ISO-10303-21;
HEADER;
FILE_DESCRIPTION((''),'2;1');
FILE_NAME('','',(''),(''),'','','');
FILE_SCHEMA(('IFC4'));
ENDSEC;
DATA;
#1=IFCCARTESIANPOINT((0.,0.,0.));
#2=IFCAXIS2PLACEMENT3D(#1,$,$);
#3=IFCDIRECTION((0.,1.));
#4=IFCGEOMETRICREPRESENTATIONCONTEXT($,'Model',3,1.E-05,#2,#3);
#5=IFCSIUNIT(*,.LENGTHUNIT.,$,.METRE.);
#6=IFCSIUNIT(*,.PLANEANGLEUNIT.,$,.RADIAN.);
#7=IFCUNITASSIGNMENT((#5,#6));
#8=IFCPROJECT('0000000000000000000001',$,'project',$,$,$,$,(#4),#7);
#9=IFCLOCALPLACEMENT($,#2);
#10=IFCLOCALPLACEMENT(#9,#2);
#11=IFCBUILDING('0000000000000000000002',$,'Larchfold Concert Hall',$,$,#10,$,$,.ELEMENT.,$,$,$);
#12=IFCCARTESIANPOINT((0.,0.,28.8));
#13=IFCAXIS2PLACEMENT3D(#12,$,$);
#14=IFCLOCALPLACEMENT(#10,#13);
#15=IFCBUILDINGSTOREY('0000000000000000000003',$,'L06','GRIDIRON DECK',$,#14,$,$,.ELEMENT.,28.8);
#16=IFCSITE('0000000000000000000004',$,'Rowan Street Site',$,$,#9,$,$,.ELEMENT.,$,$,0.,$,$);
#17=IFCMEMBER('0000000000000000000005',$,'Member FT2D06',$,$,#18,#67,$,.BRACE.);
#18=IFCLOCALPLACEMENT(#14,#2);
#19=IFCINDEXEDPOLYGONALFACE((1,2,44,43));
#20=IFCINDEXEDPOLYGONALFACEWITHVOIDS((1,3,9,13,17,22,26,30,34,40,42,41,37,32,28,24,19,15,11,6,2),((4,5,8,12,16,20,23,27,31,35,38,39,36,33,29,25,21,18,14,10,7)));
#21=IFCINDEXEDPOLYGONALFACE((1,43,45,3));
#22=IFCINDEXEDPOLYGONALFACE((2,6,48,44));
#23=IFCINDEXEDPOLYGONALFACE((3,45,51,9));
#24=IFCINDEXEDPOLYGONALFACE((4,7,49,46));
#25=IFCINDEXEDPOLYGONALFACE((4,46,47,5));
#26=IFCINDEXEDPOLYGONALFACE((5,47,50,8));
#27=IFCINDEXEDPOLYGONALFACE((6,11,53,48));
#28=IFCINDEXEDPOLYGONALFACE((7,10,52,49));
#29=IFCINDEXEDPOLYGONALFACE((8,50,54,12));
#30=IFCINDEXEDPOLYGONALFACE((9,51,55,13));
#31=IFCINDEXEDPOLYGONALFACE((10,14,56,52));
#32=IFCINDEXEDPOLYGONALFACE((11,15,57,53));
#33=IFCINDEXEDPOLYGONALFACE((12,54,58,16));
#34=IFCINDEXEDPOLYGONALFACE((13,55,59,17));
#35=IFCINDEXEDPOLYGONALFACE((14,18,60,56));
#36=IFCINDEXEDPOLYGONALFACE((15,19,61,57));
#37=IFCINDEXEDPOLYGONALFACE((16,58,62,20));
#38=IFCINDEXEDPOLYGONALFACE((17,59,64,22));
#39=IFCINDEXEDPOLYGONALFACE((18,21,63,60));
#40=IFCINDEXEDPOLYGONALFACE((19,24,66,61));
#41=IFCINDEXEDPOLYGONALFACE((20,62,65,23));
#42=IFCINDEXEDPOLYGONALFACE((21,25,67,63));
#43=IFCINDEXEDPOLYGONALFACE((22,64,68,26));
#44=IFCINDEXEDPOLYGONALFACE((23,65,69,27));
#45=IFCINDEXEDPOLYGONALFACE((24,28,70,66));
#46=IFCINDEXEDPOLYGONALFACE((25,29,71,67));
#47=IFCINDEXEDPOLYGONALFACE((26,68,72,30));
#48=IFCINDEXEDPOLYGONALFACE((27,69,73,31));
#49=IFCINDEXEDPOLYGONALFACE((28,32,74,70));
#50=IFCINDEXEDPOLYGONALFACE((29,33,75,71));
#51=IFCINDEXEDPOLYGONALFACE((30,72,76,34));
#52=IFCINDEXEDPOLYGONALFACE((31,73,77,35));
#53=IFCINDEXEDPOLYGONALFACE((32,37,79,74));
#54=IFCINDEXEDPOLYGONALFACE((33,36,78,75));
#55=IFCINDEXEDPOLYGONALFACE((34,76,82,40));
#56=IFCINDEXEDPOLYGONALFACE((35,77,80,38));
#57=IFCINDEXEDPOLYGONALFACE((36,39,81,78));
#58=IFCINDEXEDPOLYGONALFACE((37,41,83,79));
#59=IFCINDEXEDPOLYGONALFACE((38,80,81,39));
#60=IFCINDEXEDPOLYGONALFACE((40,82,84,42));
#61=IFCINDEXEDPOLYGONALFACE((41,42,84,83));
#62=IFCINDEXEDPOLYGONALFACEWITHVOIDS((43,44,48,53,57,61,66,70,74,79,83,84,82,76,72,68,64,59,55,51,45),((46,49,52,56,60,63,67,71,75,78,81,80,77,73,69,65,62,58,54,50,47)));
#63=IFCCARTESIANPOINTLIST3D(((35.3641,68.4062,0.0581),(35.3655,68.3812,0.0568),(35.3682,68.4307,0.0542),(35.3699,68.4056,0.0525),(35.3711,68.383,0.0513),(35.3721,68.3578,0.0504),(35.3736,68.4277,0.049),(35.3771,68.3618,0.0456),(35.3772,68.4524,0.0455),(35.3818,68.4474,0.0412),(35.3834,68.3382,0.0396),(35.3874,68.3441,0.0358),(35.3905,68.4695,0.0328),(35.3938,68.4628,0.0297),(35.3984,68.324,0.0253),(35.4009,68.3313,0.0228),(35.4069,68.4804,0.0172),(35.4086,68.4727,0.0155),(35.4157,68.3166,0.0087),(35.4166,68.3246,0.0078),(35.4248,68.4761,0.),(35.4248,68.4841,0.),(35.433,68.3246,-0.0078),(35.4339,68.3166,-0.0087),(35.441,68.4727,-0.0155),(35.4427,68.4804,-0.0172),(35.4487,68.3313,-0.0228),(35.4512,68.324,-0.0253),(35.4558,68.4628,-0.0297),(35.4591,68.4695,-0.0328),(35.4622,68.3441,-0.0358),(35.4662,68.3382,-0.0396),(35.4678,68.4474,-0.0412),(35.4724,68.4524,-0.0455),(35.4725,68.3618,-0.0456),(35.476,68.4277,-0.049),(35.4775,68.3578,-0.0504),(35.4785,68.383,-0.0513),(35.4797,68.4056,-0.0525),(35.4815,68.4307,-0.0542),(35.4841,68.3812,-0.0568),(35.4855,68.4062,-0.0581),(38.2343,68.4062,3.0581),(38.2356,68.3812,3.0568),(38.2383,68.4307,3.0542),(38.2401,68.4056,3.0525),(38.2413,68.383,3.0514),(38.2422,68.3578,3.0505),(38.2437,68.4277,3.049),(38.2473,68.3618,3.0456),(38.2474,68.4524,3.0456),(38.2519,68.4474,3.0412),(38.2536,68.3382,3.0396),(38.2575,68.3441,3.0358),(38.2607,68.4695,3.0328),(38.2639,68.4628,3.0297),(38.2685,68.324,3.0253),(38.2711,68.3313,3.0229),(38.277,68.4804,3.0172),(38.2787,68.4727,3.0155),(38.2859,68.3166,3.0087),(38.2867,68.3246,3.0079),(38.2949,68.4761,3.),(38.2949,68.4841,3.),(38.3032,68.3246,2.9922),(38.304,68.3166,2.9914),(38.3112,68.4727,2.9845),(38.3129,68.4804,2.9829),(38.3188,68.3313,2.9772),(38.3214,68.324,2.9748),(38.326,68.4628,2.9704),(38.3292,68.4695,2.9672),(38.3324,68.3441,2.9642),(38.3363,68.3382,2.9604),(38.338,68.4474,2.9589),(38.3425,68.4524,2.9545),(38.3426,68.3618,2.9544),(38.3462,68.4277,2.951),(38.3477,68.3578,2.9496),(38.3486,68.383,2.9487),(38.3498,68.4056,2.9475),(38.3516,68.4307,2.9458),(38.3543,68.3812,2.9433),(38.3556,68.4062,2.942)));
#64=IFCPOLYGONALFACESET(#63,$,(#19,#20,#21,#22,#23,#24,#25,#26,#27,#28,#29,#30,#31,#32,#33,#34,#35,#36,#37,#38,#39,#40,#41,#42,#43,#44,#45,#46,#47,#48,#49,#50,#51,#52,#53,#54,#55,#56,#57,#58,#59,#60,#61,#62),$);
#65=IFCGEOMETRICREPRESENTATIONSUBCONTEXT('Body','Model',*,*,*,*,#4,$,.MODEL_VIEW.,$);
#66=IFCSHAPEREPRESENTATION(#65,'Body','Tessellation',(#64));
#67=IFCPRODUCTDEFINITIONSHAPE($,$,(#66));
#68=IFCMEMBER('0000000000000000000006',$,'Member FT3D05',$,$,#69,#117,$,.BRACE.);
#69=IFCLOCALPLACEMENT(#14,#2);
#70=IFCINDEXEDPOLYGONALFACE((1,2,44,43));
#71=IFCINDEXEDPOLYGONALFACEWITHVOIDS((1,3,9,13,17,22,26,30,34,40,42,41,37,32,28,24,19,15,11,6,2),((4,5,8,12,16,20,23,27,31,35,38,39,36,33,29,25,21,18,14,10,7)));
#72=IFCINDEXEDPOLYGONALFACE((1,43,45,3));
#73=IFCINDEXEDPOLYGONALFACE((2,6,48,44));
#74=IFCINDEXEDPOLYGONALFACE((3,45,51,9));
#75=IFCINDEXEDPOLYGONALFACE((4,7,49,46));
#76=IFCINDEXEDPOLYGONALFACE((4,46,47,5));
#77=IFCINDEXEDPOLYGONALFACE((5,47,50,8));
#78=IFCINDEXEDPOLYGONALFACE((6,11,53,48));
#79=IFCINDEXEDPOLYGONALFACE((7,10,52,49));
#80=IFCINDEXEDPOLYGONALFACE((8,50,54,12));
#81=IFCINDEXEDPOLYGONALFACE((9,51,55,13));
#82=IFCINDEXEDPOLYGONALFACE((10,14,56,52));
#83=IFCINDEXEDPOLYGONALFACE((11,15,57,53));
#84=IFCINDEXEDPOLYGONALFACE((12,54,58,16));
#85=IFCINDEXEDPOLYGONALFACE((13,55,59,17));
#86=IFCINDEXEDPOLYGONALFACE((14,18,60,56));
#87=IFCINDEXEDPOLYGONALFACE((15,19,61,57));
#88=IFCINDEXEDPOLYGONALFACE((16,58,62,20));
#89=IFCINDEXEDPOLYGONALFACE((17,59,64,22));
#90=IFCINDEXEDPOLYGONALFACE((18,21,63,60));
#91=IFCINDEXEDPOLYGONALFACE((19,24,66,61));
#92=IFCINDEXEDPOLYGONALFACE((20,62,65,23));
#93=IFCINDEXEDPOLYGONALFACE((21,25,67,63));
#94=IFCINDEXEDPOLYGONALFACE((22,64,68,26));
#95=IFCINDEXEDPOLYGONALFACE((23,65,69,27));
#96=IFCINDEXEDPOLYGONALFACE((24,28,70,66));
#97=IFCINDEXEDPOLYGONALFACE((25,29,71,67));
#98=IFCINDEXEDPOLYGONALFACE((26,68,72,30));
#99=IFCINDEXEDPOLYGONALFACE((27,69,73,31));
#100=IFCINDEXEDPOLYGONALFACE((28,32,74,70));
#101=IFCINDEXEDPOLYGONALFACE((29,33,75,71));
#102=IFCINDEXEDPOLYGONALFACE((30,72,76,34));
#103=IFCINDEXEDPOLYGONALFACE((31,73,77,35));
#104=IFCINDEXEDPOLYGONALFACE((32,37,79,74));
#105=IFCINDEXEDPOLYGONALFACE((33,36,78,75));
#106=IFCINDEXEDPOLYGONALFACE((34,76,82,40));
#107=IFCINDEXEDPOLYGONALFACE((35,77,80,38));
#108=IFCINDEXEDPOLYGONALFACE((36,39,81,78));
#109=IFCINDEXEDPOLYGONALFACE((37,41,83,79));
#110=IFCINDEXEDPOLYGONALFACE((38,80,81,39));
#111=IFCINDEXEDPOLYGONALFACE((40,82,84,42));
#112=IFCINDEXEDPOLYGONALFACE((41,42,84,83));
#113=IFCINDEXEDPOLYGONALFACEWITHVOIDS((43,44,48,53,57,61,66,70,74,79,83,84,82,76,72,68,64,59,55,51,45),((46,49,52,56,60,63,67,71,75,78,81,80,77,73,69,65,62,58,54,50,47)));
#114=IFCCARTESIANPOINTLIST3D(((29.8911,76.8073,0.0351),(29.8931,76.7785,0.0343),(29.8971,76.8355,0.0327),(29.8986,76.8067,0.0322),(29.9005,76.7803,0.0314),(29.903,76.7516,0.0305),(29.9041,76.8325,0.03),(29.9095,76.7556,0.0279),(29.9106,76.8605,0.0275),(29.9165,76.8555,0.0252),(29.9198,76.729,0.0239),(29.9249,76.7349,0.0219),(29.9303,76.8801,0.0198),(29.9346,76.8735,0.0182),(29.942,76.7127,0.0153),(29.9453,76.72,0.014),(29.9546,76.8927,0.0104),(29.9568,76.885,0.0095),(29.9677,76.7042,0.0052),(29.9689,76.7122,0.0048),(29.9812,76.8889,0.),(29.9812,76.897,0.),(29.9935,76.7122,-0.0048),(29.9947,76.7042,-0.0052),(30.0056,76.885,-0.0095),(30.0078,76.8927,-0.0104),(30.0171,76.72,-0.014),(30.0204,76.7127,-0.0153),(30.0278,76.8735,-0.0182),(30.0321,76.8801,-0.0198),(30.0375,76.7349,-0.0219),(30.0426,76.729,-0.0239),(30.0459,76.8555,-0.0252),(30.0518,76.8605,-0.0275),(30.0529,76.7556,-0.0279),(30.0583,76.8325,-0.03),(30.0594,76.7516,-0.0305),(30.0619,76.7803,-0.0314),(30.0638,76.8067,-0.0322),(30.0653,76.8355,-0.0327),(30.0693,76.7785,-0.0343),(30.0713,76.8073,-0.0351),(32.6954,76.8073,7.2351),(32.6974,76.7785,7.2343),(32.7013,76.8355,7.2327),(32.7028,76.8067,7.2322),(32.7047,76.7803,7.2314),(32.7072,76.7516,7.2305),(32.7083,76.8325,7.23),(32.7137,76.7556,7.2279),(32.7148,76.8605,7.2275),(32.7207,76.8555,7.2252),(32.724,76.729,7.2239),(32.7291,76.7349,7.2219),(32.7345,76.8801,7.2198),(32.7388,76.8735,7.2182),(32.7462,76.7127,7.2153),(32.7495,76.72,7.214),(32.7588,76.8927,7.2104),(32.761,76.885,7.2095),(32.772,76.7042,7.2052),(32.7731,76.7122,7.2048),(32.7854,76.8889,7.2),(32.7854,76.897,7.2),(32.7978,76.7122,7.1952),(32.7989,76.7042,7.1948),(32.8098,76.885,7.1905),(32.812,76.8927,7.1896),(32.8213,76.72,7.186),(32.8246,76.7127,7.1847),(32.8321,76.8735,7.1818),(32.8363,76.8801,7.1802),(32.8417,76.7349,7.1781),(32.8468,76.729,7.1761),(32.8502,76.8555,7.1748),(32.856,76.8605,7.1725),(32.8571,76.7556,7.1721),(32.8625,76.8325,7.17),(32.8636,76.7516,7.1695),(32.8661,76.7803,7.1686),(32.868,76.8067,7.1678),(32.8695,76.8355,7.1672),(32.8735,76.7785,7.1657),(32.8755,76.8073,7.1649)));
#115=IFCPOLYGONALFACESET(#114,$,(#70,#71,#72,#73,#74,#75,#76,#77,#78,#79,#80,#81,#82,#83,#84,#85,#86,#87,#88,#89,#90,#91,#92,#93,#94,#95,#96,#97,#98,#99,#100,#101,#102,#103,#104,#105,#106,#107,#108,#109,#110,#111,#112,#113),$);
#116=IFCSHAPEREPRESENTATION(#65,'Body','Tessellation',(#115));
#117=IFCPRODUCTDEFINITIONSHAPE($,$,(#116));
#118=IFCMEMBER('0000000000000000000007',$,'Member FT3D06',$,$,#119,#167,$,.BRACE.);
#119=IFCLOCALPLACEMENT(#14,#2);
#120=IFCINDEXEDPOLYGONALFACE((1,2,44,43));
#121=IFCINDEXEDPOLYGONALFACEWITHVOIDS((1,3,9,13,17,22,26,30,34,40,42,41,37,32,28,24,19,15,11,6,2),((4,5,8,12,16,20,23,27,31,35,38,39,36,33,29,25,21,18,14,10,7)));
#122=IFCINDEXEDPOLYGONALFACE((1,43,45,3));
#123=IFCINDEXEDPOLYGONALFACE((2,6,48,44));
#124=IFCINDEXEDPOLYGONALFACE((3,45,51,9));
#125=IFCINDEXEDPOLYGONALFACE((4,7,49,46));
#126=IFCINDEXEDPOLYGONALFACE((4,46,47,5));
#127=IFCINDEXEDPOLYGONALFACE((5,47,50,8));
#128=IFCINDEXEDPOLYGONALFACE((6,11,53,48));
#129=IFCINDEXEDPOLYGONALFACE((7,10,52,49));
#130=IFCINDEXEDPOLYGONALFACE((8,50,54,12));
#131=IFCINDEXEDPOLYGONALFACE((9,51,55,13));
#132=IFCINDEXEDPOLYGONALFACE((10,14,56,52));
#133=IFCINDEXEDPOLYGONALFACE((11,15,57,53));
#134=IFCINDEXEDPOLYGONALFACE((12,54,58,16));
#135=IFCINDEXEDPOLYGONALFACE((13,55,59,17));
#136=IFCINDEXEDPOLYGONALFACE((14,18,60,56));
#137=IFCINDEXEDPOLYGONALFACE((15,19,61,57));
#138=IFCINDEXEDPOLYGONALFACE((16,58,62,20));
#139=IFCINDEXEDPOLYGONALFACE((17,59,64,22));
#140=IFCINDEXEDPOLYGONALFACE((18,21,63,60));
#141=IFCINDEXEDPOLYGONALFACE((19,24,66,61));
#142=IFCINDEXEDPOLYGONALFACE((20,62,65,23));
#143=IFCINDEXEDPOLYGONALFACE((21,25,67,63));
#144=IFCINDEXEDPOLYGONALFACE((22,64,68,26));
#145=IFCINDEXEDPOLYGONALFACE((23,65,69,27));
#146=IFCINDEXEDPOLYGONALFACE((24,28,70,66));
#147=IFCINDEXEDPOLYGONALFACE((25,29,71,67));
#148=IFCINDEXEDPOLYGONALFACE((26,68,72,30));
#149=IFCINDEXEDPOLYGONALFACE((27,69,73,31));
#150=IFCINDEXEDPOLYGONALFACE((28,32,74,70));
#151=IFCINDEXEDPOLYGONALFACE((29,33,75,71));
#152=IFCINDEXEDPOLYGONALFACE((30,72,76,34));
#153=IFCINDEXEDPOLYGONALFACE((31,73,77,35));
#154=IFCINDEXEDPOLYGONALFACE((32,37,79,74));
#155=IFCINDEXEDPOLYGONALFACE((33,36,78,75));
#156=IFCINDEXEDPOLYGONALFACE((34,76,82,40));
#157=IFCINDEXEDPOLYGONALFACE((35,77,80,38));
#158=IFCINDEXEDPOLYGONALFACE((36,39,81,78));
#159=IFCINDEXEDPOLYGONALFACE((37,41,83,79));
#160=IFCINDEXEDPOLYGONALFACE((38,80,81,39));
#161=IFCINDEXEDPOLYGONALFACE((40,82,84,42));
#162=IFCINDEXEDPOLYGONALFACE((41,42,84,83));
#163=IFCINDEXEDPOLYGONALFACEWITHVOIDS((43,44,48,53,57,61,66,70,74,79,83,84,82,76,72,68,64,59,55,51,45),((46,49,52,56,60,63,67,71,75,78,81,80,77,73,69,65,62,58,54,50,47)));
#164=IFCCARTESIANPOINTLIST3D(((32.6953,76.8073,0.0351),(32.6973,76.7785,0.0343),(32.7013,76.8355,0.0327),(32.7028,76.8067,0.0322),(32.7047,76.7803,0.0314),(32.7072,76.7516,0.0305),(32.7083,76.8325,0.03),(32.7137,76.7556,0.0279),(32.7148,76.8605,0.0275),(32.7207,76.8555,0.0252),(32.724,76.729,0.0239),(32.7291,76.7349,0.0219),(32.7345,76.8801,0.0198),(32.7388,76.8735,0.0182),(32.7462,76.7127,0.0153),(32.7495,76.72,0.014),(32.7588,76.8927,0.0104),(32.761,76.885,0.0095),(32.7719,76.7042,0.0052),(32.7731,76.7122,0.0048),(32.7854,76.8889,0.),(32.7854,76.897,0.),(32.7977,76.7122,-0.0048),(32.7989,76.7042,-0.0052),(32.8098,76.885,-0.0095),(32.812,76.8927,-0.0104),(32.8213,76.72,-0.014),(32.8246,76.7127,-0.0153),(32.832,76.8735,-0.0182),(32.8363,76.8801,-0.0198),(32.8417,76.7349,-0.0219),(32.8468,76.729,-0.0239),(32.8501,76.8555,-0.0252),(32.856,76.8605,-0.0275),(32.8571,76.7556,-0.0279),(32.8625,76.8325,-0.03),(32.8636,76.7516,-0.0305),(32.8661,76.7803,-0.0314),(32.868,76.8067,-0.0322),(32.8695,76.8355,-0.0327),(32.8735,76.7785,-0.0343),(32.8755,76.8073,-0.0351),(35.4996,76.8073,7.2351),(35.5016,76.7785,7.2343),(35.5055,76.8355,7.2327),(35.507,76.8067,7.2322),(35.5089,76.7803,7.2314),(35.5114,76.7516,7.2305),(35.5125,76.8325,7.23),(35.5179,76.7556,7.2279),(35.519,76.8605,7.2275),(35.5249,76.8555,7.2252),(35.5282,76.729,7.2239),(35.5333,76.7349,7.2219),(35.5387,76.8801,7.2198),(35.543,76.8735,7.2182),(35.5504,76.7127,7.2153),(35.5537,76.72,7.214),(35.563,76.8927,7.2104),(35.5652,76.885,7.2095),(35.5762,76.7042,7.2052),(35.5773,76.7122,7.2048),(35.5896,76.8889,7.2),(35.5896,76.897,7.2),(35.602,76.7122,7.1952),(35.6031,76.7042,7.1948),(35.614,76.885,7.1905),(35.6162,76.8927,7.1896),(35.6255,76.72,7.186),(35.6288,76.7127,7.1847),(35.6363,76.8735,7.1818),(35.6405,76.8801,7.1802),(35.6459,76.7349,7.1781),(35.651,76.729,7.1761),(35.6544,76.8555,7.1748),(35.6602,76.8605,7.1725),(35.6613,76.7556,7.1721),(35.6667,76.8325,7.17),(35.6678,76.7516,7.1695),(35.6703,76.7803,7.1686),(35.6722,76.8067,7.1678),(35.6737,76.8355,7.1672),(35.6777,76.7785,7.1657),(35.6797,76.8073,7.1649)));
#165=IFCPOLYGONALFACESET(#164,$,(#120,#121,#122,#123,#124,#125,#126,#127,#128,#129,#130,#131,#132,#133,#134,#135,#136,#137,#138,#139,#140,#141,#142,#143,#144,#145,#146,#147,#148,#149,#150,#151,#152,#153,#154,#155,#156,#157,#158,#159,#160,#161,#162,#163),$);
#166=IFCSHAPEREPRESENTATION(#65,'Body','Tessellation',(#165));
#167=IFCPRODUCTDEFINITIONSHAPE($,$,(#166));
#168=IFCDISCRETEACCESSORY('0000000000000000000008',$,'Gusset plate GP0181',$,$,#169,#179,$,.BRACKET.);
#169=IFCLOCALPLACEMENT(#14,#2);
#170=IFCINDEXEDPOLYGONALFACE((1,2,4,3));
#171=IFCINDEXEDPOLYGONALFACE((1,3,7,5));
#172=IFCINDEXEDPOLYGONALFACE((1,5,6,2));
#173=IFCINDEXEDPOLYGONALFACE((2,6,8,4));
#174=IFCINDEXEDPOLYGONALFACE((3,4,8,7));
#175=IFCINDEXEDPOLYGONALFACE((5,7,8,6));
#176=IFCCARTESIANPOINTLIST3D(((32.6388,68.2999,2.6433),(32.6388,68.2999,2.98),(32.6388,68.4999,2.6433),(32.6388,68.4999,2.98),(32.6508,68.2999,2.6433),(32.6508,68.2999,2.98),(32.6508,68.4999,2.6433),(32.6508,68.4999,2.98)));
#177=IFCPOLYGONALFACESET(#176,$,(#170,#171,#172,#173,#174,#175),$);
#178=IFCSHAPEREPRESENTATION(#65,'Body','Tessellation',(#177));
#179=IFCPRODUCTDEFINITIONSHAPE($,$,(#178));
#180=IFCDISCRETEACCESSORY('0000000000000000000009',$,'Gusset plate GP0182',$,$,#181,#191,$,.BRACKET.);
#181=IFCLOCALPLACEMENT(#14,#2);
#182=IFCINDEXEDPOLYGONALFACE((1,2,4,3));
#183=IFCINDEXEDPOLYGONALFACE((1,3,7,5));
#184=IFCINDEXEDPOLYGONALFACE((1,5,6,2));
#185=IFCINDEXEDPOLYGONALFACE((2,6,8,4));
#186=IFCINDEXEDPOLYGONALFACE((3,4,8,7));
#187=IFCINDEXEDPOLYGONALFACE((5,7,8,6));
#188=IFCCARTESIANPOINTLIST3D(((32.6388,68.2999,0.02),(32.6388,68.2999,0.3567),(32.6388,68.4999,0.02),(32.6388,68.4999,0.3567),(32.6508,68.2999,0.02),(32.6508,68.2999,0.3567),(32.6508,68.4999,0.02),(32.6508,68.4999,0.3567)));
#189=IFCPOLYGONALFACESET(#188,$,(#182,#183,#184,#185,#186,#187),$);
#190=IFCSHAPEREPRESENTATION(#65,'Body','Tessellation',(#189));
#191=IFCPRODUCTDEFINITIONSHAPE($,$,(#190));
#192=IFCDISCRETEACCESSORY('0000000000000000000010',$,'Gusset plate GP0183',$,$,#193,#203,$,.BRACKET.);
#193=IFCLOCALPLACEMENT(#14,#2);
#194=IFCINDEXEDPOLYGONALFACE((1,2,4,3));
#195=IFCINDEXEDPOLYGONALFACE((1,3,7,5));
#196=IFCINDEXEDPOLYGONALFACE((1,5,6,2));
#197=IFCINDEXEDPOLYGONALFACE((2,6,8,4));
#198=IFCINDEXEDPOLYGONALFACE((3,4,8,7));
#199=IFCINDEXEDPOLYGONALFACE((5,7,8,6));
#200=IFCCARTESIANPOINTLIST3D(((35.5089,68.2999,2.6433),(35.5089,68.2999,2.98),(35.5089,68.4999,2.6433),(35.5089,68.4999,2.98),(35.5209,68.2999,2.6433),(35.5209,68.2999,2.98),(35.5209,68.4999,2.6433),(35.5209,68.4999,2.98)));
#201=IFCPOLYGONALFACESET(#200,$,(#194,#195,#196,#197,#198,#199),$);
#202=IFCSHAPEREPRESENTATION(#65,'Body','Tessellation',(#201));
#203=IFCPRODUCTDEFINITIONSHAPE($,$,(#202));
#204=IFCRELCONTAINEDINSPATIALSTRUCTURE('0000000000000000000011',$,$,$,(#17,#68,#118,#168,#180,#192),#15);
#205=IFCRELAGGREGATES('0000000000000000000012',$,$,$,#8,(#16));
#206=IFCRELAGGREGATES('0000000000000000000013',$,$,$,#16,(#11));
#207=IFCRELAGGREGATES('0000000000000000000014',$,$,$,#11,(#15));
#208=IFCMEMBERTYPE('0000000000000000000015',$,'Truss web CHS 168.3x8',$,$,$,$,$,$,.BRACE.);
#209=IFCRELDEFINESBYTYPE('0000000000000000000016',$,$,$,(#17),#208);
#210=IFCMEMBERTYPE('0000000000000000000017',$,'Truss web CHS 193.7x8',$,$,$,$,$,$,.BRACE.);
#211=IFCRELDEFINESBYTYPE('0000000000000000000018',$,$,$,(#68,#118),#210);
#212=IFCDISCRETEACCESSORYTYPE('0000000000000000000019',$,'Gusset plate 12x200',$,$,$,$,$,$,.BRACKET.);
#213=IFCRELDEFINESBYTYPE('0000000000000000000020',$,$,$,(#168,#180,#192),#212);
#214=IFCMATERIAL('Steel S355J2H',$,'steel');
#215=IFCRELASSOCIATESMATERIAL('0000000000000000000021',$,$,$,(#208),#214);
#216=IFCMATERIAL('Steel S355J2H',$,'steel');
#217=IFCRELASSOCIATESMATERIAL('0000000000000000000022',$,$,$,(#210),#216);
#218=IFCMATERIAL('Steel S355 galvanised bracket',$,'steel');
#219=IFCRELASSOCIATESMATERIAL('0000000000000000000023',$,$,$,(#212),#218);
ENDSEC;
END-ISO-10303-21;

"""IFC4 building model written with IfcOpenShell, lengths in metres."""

from ifc_helpers import new_model, si_unit, direction, frame, origin, origin_2d, place, context, subcontext, project, spatial, rectangle, hollow_circle, extrude, material, material_profile, profile_set, type_object, element, save


model = new_model("IFC4")

# Units and contexts
model_context = context("Model", 3, precision=1e-05, world=origin(), true_north=direction((0.0, 1.0)))
body_context = subcontext(model_context, "Body", "Model", "MODEL_VIEW")
ifc_project = project(units=[si_unit("LENGTHUNIT", "METRE"), si_unit("PLANEANGLEUNIT", "RADIAN")], contexts=[model_context])

# Site, building, storey
site_placement = place(None, origin())
site = spatial("IfcSite", under=ifc_project, at=site_placement, Name="Rowan Street Site", CompositionType="ELEMENT", RefElevation=0.0)
building_placement = place(site_placement, origin())
building = spatial("IfcBuilding", under=site, at=building_placement, Name="Larchfold Concert Hall", CompositionType="ELEMENT")
storey_placement = place(building_placement, frame((0.0, 0.0, 28.8)))
storey = spatial("IfcBuildingStorey", under=building, at=storey_placement, Name="L06", Description="GRIDIRON DECK", CompositionType="ELEMENT", Elevation=28.8)

# Members
ifc_material_1 = material(Name="Steel S355J2H", Category="steel")
ifc_material_profile_1 = material_profile(ifc_material_1, hollow_circle(Radius=0.0842, WallThickness=0.0081, at=origin_2d()))
ifc_profile_set_1 = profile_set([ifc_material_profile_1], Name="Steel S355J2H")
member_type_1 = type_object("IfcMemberType", Name="Truss web CHS 168.3x8", PredefinedType="BRACE", material=ifc_profile_set_1)
for number, where, z_axis, x_axis, name in (
    (1, (35.4248, 68.3999, 0.0), (0.691292, 0.0, 0.722575), (0.0, 1.0, 0.0), "Member FT2D06"),
):
    element("IfcMember", number, at=place(storey_placement, frame(where, z_axis=z_axis, x_axis=x_axis)), inside=storey, type_object=member_type_1, Name=name, PredefinedType="BRACE", context=body_context, shape_type="SweptSolid", body=[
        extrude(hollow_circle(Radius=0.0842, WallThickness=0.0081, at=origin_2d()), origin(), (0.0, 0.0, 1.0), 4.1519),
    ])
ifc_material_2 = material(Name="Steel S355J2H", Category="steel")
ifc_material_profile_2 = material_profile(ifc_material_2, hollow_circle(Radius=0.0969, WallThickness=0.0081, at=origin_2d()))
ifc_profile_set_2 = profile_set([ifc_material_profile_2], Name="Steel S355J2H")
member_type_2 = type_object("IfcMemberType", Name="Truss web CHS 193.7x8", PredefinedType="BRACE", material=ifc_profile_set_2)
for number, where, z_axis, x_axis, name in (
    (2, (29.9812, 76.8, 0.0), (0.36292, 0.0, 0.93182), (0.0, 1.0, 0.0), "Member FT3D05"),
    (3, (32.7854, 76.8, 0.0), (0.36292, 0.0, 0.93182), (0.0, 1.0, 0.0), "Member FT3D06"),
):
    element("IfcMember", number, at=place(storey_placement, frame(where, z_axis=z_axis, x_axis=x_axis)), inside=storey, type_object=member_type_2, Name=name, PredefinedType="BRACE", context=body_context, shape_type="SweptSolid", body=[
        extrude(hollow_circle(Radius=0.0969, WallThickness=0.0081, at=origin_2d()), origin(), (0.0, 0.0, 1.0), 7.7268),
    ])

# Discrete accessories
ifc_material_3 = material(Name="Steel S355 galvanised bracket", Category="steel")
ifc_material_profile_3 = material_profile(ifc_material_3, rectangle(XDim=0.012, YDim=0.2, at=origin_2d()))
ifc_profile_set_3 = profile_set([ifc_material_profile_3], Name="Steel S355 galvanised bracket")
discrete_accessory_type = type_object("IfcDiscreteAccessoryType", Name="Gusset plate 12x200", PredefinedType="BRACKET", material=ifc_profile_set_3)
for number, where, z_axis, x_axis, name in (
    (4, (32.6448, 68.3999, 2.98), (0.0, 0.0, -1.0), (1.0, 0.0, 0.0), "Gusset plate GP0181"),
    (5, (32.6448, 68.3999, 0.3567), (0.0, 0.0, -1.0), (1.0, 0.0, 0.0), "Gusset plate GP0182"),
    (6, (35.5149, 68.3999, 2.98), (0.0, 0.0, -1.0), (1.0, 0.0, 0.0), "Gusset plate GP0183"),
):
    element("IfcDiscreteAccessory", number, at=place(storey_placement, frame(where, z_axis=z_axis, x_axis=x_axis)), inside=storey, type_object=discrete_accessory_type, Name=name, PredefinedType="BRACKET", context=body_context, shape_type="SweptSolid", body=[
        extrude(rectangle(XDim=0.012, YDim=0.2, at=origin_2d()), origin(), (0.0, 0.0, 1.0), 0.3367),
    ])

save(model, "model.ifc")
